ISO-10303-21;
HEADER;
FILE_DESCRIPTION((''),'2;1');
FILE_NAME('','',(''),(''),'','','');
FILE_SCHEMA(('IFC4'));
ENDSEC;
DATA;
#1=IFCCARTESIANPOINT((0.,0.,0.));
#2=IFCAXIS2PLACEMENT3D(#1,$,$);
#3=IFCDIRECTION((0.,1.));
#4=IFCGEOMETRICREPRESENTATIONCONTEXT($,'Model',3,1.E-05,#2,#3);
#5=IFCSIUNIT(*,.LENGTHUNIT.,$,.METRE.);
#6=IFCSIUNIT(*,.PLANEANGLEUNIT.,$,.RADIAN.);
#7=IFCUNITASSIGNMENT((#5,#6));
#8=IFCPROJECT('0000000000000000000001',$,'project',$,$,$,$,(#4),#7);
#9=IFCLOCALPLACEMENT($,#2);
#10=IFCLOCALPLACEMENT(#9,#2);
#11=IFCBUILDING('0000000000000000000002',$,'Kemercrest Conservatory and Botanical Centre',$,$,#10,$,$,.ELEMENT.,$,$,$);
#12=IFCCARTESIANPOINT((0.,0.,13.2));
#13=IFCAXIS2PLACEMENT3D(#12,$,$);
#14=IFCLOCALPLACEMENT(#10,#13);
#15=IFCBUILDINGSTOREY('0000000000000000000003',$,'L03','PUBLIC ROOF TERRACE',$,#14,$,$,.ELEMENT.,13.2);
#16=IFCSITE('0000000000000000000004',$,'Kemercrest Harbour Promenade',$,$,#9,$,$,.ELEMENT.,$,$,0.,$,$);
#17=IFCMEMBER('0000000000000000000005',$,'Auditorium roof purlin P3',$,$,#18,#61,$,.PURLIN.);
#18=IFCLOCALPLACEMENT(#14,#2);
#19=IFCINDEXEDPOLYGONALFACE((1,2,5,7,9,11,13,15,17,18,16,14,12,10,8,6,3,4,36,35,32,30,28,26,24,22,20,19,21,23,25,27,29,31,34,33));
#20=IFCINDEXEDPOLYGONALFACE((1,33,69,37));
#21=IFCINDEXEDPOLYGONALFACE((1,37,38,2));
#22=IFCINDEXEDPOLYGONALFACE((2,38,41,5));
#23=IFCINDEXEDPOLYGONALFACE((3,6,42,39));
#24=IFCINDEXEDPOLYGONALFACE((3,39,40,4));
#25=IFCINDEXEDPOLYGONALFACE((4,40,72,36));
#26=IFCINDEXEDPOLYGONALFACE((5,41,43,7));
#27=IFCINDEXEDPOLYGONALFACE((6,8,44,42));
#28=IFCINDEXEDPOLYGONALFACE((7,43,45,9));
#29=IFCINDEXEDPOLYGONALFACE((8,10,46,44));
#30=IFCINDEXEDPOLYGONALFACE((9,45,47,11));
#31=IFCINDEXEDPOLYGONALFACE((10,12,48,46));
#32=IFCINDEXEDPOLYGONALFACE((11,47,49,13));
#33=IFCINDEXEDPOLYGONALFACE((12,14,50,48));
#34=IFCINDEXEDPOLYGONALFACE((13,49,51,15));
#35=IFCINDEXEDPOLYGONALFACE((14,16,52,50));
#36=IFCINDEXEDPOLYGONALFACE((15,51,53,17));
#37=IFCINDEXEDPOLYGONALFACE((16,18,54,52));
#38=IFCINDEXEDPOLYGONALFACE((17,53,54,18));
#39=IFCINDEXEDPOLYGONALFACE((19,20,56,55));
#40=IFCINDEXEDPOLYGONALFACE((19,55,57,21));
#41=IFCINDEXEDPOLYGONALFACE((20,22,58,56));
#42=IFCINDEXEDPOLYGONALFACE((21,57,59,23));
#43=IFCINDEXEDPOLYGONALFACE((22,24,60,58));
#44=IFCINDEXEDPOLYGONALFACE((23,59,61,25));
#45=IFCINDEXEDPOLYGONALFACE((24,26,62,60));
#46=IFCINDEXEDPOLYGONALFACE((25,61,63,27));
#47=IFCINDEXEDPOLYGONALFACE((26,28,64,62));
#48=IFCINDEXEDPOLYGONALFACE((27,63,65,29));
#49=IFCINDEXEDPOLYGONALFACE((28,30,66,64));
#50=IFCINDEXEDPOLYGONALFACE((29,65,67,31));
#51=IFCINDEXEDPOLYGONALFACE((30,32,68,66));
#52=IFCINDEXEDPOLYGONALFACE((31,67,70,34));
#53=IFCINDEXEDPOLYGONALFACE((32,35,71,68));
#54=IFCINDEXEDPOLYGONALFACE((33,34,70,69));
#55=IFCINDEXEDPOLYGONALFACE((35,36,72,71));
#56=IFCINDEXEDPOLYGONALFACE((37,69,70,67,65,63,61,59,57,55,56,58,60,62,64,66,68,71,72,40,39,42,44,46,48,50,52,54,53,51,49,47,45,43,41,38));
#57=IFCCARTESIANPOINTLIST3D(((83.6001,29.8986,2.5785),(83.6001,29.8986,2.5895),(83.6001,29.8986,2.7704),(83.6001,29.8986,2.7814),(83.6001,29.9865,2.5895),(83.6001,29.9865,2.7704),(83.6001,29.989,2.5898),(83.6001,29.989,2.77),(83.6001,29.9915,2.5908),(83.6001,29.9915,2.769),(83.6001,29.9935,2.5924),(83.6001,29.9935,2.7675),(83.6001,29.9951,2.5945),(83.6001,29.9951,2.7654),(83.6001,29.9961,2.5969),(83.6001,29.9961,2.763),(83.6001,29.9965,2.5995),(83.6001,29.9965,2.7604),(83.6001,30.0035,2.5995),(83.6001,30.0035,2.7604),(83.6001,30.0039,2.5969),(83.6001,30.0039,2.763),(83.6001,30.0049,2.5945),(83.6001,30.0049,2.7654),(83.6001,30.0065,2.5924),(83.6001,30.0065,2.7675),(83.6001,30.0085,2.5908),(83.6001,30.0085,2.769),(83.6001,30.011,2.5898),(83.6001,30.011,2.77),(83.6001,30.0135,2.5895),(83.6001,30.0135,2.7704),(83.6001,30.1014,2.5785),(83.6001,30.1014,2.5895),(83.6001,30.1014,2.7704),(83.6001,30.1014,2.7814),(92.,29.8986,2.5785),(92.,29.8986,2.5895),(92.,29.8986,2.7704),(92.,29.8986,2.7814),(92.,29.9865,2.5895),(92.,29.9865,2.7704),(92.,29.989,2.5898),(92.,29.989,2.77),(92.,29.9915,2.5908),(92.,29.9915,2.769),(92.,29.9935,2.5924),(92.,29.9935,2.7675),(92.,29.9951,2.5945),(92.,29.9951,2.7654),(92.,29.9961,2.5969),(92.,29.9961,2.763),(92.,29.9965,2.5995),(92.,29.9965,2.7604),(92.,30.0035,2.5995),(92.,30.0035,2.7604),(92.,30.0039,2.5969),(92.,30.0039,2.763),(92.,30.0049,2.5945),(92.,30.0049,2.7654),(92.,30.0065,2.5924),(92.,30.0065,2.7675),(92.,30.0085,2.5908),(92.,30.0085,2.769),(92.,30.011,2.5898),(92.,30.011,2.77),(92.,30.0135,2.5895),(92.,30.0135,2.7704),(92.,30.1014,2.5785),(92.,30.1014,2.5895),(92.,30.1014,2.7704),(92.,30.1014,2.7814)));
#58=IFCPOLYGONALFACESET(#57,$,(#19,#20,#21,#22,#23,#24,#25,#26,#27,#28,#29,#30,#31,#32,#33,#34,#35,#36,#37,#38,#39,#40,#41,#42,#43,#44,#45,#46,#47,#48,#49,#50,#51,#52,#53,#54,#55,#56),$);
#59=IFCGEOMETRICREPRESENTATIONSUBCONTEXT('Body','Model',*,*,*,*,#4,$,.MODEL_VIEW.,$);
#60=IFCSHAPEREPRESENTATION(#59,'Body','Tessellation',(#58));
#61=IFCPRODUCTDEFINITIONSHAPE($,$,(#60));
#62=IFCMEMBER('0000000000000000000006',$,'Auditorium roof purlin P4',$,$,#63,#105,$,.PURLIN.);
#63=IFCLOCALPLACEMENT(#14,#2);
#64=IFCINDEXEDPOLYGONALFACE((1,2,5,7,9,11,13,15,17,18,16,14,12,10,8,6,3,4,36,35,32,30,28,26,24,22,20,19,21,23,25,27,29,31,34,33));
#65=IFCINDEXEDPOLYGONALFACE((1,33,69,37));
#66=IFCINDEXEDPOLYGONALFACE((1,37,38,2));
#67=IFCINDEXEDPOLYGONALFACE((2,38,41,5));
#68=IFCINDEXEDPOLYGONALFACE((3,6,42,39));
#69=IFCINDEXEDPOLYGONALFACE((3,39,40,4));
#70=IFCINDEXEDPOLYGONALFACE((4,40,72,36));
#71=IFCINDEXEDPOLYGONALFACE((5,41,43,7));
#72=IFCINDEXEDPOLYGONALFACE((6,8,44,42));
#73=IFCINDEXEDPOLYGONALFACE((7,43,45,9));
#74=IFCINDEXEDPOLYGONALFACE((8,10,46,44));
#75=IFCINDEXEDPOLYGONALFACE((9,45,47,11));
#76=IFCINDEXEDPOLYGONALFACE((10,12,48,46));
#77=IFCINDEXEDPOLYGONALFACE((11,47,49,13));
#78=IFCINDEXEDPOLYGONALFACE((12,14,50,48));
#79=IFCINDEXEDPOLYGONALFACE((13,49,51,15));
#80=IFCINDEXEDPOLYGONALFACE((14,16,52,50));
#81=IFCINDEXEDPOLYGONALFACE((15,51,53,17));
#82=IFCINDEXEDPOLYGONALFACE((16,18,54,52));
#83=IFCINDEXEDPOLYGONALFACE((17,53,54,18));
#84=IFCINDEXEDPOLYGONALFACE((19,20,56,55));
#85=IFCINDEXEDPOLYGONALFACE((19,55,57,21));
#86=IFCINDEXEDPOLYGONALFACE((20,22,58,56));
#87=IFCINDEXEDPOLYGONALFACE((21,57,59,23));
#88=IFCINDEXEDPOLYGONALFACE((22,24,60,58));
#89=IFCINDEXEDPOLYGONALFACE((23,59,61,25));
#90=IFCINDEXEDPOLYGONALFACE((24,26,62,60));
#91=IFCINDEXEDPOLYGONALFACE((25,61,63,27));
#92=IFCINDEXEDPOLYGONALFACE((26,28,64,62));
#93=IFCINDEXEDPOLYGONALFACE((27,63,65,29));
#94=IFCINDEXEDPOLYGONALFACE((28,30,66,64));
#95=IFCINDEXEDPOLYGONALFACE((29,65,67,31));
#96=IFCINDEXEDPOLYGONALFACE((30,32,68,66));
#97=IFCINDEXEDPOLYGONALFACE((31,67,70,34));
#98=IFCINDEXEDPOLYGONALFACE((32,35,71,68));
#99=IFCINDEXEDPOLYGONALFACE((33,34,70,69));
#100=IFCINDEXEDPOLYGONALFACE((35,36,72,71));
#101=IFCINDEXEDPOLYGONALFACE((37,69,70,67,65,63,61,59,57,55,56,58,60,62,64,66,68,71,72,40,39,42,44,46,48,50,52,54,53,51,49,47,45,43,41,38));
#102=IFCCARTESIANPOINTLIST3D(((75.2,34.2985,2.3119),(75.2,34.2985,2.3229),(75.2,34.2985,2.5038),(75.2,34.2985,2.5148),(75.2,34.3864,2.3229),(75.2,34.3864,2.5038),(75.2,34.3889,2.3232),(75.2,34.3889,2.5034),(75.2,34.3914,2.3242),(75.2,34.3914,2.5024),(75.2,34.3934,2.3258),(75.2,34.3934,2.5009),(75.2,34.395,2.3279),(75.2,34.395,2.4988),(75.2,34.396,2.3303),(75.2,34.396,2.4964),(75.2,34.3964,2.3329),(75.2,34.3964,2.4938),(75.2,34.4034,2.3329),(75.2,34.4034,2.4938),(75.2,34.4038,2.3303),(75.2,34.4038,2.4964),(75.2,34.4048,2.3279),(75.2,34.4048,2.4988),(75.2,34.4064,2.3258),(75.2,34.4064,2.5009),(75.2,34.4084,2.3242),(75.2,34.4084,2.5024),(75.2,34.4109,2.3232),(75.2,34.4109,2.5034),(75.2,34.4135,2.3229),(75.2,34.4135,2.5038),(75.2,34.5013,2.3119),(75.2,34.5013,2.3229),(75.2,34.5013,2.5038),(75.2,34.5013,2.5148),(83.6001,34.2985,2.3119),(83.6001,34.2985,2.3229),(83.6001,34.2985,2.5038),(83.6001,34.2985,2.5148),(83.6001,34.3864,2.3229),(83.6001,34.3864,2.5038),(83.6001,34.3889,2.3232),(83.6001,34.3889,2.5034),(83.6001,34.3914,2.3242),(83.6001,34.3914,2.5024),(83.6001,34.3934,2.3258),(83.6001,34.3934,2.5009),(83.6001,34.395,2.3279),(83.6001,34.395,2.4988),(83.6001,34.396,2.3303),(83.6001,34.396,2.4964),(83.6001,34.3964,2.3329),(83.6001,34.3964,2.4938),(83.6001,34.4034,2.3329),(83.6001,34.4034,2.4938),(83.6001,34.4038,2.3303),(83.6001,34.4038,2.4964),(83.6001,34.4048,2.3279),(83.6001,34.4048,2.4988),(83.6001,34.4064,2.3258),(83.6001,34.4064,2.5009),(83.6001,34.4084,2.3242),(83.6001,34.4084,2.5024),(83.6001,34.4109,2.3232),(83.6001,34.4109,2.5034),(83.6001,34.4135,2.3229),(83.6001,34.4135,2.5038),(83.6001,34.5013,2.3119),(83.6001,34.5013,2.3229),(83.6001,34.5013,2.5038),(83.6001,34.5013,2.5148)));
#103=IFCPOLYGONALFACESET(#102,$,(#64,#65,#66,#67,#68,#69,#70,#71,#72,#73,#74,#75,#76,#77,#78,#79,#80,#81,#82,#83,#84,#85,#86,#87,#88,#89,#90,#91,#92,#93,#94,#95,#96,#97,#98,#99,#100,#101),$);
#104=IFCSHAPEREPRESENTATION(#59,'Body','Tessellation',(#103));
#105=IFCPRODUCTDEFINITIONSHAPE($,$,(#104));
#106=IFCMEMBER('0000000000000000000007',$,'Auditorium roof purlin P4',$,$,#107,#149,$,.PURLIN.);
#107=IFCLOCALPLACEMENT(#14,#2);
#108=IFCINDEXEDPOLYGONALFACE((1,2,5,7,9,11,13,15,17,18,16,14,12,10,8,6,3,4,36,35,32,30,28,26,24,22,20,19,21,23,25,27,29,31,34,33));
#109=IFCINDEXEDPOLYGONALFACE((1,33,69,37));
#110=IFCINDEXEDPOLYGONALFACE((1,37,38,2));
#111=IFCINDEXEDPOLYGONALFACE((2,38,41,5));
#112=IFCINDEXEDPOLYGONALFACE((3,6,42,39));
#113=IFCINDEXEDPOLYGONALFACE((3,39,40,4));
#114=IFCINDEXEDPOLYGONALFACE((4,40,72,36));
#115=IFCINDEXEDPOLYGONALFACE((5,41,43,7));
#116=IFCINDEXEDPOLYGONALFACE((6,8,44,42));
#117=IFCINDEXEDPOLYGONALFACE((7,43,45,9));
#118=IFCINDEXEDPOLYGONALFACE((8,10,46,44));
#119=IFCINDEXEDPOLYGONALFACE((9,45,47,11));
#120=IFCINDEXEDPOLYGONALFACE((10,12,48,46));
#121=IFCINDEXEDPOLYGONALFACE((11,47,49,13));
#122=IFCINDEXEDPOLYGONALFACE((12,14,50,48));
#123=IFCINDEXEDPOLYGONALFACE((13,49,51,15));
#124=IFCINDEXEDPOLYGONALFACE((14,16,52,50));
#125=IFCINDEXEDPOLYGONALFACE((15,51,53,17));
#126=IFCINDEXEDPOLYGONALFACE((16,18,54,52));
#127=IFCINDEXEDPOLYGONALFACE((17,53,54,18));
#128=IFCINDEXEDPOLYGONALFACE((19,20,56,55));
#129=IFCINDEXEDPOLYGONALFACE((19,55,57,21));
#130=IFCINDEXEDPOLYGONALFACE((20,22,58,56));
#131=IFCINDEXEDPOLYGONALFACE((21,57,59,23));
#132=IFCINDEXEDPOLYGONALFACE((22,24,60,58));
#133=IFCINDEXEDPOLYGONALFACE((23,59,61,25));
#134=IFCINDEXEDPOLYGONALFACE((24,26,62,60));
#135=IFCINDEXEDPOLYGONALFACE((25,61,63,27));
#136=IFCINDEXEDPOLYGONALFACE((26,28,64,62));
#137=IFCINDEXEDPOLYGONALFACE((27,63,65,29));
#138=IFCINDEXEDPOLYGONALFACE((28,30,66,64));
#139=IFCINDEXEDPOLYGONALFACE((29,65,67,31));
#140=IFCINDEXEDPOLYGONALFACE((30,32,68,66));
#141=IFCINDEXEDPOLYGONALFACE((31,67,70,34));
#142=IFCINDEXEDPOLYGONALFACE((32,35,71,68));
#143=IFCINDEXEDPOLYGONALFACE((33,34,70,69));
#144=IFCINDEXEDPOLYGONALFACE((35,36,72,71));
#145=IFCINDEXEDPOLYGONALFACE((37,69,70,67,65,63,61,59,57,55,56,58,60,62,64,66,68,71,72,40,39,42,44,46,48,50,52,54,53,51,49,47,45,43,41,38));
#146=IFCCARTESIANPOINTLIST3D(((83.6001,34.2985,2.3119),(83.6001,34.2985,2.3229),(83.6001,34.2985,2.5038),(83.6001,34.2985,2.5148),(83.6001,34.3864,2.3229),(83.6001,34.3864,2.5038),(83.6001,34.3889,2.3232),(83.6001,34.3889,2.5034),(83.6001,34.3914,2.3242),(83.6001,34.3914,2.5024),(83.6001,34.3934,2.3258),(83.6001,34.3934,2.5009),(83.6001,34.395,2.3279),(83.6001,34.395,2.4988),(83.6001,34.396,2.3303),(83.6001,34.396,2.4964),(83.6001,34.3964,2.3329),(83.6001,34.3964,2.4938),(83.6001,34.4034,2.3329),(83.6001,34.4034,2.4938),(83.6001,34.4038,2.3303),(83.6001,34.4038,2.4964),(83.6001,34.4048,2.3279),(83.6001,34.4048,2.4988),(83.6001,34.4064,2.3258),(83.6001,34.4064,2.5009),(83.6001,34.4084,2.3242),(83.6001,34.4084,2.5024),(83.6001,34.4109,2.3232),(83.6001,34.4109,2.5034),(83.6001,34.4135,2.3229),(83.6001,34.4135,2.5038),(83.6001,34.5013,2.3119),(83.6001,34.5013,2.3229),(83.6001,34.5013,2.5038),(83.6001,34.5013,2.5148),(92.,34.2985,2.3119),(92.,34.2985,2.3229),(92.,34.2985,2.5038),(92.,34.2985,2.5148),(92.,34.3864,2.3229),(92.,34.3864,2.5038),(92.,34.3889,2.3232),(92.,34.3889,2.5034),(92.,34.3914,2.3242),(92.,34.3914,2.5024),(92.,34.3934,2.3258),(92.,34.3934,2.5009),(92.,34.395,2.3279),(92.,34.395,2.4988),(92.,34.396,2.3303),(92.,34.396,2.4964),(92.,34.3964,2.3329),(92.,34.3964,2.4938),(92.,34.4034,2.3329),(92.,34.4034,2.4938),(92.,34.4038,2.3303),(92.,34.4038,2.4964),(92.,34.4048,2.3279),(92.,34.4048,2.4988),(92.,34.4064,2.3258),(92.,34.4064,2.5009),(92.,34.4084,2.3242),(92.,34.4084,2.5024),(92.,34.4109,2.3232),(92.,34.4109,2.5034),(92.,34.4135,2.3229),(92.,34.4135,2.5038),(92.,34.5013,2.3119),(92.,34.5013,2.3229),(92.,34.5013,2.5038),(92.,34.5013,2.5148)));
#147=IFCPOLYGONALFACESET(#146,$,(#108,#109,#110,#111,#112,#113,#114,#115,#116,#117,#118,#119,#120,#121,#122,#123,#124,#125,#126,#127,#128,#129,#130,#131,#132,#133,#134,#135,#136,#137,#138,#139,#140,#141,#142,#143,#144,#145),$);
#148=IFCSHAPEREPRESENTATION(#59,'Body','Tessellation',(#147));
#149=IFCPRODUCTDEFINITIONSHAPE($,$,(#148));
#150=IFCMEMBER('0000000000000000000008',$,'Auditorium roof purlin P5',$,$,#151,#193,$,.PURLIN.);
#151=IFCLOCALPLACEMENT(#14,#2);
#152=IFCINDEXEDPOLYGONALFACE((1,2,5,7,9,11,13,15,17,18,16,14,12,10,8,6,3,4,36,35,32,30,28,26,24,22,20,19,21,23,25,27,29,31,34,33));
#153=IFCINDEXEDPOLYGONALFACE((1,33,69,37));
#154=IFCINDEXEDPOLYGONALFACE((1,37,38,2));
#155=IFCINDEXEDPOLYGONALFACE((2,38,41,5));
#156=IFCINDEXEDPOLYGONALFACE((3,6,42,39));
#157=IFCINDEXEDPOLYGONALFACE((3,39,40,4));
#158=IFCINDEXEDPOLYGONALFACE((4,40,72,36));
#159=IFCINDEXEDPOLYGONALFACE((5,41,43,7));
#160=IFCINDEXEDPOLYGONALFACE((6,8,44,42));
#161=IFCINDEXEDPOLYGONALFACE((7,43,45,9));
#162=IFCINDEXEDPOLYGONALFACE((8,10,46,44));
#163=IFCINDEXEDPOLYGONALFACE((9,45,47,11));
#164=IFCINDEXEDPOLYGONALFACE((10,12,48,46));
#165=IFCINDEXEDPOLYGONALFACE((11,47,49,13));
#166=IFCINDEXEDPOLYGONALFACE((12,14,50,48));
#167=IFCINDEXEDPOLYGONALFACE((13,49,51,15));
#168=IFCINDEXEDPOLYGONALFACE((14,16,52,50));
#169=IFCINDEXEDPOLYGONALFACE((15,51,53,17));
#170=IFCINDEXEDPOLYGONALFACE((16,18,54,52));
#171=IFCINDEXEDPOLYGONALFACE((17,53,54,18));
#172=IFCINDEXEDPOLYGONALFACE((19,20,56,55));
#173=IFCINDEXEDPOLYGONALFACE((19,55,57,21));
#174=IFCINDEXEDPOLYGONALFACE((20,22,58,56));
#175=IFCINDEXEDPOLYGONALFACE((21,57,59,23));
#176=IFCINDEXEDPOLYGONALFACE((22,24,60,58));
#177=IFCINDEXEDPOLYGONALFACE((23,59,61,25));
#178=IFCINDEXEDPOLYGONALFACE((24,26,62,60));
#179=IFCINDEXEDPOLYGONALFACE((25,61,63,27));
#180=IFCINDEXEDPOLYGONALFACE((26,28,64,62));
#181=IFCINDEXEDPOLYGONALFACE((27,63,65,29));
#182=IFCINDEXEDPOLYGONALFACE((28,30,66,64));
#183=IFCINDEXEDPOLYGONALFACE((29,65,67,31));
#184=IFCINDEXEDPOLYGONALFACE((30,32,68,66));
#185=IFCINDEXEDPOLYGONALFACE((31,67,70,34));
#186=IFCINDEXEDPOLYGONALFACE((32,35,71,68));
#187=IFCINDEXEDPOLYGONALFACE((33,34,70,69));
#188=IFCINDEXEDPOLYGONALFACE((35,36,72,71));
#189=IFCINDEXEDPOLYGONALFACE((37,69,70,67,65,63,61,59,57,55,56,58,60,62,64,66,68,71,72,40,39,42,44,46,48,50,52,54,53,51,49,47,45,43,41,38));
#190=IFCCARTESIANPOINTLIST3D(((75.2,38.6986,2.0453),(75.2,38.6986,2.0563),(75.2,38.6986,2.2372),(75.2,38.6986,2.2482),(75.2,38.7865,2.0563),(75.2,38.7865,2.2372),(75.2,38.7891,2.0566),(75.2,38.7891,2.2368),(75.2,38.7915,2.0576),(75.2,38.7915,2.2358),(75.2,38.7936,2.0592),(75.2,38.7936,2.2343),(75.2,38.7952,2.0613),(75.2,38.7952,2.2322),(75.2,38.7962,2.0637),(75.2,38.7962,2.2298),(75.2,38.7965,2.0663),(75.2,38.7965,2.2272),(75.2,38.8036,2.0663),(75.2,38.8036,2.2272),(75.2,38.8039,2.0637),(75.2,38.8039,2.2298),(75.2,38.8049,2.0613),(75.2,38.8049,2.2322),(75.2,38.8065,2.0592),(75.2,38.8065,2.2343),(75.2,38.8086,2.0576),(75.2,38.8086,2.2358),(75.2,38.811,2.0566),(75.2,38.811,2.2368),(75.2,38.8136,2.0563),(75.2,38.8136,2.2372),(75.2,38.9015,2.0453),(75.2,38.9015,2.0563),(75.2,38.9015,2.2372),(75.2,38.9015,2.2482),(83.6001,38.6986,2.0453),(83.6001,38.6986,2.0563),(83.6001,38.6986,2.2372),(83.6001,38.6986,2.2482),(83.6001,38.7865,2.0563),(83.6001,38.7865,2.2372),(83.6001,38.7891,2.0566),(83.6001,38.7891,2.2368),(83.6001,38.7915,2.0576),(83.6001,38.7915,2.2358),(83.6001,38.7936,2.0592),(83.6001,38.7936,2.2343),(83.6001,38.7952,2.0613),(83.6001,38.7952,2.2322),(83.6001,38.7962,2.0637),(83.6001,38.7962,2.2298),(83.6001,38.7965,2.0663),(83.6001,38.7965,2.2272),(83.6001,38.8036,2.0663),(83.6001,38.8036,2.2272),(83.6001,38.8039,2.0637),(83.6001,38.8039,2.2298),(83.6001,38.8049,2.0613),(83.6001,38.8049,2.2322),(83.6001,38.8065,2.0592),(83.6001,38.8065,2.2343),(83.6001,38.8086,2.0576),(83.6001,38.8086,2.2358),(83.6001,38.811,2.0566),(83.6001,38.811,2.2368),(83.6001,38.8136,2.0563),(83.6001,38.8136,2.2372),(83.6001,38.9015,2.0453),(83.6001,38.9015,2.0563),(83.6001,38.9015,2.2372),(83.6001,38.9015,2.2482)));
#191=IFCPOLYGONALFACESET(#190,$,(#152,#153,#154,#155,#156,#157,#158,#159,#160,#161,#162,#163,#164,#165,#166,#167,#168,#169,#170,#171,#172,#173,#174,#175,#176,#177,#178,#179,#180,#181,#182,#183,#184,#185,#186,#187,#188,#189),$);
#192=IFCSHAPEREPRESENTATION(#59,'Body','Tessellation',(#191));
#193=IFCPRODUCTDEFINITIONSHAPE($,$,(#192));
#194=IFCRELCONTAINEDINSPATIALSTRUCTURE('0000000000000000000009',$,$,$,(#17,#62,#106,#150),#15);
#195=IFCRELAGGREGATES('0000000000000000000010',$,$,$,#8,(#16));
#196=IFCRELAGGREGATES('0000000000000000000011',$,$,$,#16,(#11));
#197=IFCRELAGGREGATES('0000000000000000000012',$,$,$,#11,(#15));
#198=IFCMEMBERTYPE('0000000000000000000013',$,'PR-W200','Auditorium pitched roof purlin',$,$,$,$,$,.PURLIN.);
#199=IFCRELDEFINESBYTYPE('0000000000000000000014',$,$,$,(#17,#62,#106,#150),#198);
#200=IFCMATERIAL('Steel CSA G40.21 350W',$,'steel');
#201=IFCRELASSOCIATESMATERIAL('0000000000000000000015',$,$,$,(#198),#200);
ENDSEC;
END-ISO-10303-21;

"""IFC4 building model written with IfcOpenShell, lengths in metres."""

from ifc_helpers import new_model, si_unit, direction, frame, origin, origin_2d, place, context, subcontext, project, spatial, i_section, extrude, material, material_profile, profile_set, type_object, element, save


model = new_model("IFC4")

# Units and contexts
model_context = context("Model", 3, precision=1e-05, world=origin(), true_north=direction((0.0, 1.0)))
body_context = subcontext(model_context, "Body", "Model", "MODEL_VIEW")
ifc_project = project(units=[si_unit("LENGTHUNIT", "METRE"), si_unit("PLANEANGLEUNIT", "RADIAN")], contexts=[model_context])

# Site, building, storey
site_placement = place(None, origin())
site = spatial("IfcSite", under=ifc_project, at=site_placement, Name="Kemercrest Harbour Promenade", CompositionType="ELEMENT", RefElevation=0.0)
building_placement = place(site_placement, origin())
building = spatial("IfcBuilding", under=site, at=building_placement, Name="Kemercrest Conservatory and Botanical Centre", CompositionType="ELEMENT")
storey_placement = place(building_placement, frame((0.0, 0.0, 13.2)))
storey = spatial("IfcBuildingStorey", under=building, at=storey_placement, Name="L03", Description="PUBLIC ROOF TERRACE", CompositionType="ELEMENT", Elevation=13.2)

# Members
ifc_material = material(Name="Steel CSA G40.21 350W", Category="steel")
ifc_material_profile_1 = material_profile(ifc_material, i_section(OverallWidth=0.2029, OverallDepth=0.2029, WebThickness=0.0071, FlangeThickness=0.011, FilletRadius=0.01, at=origin_2d()), Name="W200X46")
ifc_profile_set_1 = profile_set([ifc_material_profile_1], Name="Steel CSA G40.21 350W")
member_type_1 = type_object("IfcMemberType", Name="PR-W200", Description="Auditorium pitched roof purlin", PredefinedType="PURLIN", material=ifc_profile_set_1)
member_1_placement = place(storey_placement, frame((83.6001, 30.0, 2.6799), z_axis=(1.0, 0.0, 0.0), x_axis=(0.0, 1.0, 0.0)))
element("IfcMember", 1, at=member_1_placement, inside=storey, type_object=member_type_1, Name="Auditorium roof purlin P3", PredefinedType="PURLIN", context=body_context, shape_type="SweptSolid", body=[
    extrude(i_section(OverallWidth=0.2029, OverallDepth=0.2029, WebThickness=0.0071, FlangeThickness=0.011, FilletRadius=0.01, at=origin_2d()), origin(), (0.0, 0.0, 1.0), 8.3999),
])
member_2_placement = place(storey_placement, frame((75.2, 34.3999, 2.4133), z_axis=(1.0, 0.0, 0.0), x_axis=(0.0, 1.0, 0.0)))
element("IfcMember", 2, at=member_2_placement, inside=storey, type_object=member_type_1, Name="Auditorium roof purlin P4", PredefinedType="PURLIN", context=body_context, shape_type="SweptSolid", body=[
    extrude(i_section(OverallWidth=0.2029, OverallDepth=0.2029, WebThickness=0.0071, FlangeThickness=0.011, FilletRadius=0.01, at=origin_2d()), origin(), (0.0, 0.0, 1.0), 8.4001),
])
member_3_placement = place(storey_placement, frame((83.6001, 34.3999, 2.4133), z_axis=(1.0, 0.0, 0.0), x_axis=(0.0, 1.0, 0.0)))
element("IfcMember", 3, at=member_3_placement, inside=storey, type_object=member_type_1, Name="Auditorium roof purlin P4", PredefinedType="PURLIN", context=body_context, shape_type="SweptSolid", body=[
    extrude(i_section(OverallWidth=0.2029, OverallDepth=0.2029, WebThickness=0.0071, FlangeThickness=0.011, FilletRadius=0.01, at=origin_2d()), origin(), (0.0, 0.0, 1.0), 8.3999),
])
member_4_placement = place(storey_placement, frame((75.2, 38.8, 2.1467), z_axis=(1.0, 0.0, 0.0), x_axis=(0.0, 1.0, 0.0)))
element("IfcMember", 4, at=member_4_placement, inside=storey, type_object=member_type_1, Name="Auditorium roof purlin P5", PredefinedType="PURLIN", context=body_context, shape_type="SweptSolid", body=[
    extrude(i_section(OverallWidth=0.2029, OverallDepth=0.2029, WebThickness=0.0071, FlangeThickness=0.011, FilletRadius=0.01, at=origin_2d()), origin(), (0.0, 0.0, 1.0), 8.4001),
])

save(model, "model.ifc")
